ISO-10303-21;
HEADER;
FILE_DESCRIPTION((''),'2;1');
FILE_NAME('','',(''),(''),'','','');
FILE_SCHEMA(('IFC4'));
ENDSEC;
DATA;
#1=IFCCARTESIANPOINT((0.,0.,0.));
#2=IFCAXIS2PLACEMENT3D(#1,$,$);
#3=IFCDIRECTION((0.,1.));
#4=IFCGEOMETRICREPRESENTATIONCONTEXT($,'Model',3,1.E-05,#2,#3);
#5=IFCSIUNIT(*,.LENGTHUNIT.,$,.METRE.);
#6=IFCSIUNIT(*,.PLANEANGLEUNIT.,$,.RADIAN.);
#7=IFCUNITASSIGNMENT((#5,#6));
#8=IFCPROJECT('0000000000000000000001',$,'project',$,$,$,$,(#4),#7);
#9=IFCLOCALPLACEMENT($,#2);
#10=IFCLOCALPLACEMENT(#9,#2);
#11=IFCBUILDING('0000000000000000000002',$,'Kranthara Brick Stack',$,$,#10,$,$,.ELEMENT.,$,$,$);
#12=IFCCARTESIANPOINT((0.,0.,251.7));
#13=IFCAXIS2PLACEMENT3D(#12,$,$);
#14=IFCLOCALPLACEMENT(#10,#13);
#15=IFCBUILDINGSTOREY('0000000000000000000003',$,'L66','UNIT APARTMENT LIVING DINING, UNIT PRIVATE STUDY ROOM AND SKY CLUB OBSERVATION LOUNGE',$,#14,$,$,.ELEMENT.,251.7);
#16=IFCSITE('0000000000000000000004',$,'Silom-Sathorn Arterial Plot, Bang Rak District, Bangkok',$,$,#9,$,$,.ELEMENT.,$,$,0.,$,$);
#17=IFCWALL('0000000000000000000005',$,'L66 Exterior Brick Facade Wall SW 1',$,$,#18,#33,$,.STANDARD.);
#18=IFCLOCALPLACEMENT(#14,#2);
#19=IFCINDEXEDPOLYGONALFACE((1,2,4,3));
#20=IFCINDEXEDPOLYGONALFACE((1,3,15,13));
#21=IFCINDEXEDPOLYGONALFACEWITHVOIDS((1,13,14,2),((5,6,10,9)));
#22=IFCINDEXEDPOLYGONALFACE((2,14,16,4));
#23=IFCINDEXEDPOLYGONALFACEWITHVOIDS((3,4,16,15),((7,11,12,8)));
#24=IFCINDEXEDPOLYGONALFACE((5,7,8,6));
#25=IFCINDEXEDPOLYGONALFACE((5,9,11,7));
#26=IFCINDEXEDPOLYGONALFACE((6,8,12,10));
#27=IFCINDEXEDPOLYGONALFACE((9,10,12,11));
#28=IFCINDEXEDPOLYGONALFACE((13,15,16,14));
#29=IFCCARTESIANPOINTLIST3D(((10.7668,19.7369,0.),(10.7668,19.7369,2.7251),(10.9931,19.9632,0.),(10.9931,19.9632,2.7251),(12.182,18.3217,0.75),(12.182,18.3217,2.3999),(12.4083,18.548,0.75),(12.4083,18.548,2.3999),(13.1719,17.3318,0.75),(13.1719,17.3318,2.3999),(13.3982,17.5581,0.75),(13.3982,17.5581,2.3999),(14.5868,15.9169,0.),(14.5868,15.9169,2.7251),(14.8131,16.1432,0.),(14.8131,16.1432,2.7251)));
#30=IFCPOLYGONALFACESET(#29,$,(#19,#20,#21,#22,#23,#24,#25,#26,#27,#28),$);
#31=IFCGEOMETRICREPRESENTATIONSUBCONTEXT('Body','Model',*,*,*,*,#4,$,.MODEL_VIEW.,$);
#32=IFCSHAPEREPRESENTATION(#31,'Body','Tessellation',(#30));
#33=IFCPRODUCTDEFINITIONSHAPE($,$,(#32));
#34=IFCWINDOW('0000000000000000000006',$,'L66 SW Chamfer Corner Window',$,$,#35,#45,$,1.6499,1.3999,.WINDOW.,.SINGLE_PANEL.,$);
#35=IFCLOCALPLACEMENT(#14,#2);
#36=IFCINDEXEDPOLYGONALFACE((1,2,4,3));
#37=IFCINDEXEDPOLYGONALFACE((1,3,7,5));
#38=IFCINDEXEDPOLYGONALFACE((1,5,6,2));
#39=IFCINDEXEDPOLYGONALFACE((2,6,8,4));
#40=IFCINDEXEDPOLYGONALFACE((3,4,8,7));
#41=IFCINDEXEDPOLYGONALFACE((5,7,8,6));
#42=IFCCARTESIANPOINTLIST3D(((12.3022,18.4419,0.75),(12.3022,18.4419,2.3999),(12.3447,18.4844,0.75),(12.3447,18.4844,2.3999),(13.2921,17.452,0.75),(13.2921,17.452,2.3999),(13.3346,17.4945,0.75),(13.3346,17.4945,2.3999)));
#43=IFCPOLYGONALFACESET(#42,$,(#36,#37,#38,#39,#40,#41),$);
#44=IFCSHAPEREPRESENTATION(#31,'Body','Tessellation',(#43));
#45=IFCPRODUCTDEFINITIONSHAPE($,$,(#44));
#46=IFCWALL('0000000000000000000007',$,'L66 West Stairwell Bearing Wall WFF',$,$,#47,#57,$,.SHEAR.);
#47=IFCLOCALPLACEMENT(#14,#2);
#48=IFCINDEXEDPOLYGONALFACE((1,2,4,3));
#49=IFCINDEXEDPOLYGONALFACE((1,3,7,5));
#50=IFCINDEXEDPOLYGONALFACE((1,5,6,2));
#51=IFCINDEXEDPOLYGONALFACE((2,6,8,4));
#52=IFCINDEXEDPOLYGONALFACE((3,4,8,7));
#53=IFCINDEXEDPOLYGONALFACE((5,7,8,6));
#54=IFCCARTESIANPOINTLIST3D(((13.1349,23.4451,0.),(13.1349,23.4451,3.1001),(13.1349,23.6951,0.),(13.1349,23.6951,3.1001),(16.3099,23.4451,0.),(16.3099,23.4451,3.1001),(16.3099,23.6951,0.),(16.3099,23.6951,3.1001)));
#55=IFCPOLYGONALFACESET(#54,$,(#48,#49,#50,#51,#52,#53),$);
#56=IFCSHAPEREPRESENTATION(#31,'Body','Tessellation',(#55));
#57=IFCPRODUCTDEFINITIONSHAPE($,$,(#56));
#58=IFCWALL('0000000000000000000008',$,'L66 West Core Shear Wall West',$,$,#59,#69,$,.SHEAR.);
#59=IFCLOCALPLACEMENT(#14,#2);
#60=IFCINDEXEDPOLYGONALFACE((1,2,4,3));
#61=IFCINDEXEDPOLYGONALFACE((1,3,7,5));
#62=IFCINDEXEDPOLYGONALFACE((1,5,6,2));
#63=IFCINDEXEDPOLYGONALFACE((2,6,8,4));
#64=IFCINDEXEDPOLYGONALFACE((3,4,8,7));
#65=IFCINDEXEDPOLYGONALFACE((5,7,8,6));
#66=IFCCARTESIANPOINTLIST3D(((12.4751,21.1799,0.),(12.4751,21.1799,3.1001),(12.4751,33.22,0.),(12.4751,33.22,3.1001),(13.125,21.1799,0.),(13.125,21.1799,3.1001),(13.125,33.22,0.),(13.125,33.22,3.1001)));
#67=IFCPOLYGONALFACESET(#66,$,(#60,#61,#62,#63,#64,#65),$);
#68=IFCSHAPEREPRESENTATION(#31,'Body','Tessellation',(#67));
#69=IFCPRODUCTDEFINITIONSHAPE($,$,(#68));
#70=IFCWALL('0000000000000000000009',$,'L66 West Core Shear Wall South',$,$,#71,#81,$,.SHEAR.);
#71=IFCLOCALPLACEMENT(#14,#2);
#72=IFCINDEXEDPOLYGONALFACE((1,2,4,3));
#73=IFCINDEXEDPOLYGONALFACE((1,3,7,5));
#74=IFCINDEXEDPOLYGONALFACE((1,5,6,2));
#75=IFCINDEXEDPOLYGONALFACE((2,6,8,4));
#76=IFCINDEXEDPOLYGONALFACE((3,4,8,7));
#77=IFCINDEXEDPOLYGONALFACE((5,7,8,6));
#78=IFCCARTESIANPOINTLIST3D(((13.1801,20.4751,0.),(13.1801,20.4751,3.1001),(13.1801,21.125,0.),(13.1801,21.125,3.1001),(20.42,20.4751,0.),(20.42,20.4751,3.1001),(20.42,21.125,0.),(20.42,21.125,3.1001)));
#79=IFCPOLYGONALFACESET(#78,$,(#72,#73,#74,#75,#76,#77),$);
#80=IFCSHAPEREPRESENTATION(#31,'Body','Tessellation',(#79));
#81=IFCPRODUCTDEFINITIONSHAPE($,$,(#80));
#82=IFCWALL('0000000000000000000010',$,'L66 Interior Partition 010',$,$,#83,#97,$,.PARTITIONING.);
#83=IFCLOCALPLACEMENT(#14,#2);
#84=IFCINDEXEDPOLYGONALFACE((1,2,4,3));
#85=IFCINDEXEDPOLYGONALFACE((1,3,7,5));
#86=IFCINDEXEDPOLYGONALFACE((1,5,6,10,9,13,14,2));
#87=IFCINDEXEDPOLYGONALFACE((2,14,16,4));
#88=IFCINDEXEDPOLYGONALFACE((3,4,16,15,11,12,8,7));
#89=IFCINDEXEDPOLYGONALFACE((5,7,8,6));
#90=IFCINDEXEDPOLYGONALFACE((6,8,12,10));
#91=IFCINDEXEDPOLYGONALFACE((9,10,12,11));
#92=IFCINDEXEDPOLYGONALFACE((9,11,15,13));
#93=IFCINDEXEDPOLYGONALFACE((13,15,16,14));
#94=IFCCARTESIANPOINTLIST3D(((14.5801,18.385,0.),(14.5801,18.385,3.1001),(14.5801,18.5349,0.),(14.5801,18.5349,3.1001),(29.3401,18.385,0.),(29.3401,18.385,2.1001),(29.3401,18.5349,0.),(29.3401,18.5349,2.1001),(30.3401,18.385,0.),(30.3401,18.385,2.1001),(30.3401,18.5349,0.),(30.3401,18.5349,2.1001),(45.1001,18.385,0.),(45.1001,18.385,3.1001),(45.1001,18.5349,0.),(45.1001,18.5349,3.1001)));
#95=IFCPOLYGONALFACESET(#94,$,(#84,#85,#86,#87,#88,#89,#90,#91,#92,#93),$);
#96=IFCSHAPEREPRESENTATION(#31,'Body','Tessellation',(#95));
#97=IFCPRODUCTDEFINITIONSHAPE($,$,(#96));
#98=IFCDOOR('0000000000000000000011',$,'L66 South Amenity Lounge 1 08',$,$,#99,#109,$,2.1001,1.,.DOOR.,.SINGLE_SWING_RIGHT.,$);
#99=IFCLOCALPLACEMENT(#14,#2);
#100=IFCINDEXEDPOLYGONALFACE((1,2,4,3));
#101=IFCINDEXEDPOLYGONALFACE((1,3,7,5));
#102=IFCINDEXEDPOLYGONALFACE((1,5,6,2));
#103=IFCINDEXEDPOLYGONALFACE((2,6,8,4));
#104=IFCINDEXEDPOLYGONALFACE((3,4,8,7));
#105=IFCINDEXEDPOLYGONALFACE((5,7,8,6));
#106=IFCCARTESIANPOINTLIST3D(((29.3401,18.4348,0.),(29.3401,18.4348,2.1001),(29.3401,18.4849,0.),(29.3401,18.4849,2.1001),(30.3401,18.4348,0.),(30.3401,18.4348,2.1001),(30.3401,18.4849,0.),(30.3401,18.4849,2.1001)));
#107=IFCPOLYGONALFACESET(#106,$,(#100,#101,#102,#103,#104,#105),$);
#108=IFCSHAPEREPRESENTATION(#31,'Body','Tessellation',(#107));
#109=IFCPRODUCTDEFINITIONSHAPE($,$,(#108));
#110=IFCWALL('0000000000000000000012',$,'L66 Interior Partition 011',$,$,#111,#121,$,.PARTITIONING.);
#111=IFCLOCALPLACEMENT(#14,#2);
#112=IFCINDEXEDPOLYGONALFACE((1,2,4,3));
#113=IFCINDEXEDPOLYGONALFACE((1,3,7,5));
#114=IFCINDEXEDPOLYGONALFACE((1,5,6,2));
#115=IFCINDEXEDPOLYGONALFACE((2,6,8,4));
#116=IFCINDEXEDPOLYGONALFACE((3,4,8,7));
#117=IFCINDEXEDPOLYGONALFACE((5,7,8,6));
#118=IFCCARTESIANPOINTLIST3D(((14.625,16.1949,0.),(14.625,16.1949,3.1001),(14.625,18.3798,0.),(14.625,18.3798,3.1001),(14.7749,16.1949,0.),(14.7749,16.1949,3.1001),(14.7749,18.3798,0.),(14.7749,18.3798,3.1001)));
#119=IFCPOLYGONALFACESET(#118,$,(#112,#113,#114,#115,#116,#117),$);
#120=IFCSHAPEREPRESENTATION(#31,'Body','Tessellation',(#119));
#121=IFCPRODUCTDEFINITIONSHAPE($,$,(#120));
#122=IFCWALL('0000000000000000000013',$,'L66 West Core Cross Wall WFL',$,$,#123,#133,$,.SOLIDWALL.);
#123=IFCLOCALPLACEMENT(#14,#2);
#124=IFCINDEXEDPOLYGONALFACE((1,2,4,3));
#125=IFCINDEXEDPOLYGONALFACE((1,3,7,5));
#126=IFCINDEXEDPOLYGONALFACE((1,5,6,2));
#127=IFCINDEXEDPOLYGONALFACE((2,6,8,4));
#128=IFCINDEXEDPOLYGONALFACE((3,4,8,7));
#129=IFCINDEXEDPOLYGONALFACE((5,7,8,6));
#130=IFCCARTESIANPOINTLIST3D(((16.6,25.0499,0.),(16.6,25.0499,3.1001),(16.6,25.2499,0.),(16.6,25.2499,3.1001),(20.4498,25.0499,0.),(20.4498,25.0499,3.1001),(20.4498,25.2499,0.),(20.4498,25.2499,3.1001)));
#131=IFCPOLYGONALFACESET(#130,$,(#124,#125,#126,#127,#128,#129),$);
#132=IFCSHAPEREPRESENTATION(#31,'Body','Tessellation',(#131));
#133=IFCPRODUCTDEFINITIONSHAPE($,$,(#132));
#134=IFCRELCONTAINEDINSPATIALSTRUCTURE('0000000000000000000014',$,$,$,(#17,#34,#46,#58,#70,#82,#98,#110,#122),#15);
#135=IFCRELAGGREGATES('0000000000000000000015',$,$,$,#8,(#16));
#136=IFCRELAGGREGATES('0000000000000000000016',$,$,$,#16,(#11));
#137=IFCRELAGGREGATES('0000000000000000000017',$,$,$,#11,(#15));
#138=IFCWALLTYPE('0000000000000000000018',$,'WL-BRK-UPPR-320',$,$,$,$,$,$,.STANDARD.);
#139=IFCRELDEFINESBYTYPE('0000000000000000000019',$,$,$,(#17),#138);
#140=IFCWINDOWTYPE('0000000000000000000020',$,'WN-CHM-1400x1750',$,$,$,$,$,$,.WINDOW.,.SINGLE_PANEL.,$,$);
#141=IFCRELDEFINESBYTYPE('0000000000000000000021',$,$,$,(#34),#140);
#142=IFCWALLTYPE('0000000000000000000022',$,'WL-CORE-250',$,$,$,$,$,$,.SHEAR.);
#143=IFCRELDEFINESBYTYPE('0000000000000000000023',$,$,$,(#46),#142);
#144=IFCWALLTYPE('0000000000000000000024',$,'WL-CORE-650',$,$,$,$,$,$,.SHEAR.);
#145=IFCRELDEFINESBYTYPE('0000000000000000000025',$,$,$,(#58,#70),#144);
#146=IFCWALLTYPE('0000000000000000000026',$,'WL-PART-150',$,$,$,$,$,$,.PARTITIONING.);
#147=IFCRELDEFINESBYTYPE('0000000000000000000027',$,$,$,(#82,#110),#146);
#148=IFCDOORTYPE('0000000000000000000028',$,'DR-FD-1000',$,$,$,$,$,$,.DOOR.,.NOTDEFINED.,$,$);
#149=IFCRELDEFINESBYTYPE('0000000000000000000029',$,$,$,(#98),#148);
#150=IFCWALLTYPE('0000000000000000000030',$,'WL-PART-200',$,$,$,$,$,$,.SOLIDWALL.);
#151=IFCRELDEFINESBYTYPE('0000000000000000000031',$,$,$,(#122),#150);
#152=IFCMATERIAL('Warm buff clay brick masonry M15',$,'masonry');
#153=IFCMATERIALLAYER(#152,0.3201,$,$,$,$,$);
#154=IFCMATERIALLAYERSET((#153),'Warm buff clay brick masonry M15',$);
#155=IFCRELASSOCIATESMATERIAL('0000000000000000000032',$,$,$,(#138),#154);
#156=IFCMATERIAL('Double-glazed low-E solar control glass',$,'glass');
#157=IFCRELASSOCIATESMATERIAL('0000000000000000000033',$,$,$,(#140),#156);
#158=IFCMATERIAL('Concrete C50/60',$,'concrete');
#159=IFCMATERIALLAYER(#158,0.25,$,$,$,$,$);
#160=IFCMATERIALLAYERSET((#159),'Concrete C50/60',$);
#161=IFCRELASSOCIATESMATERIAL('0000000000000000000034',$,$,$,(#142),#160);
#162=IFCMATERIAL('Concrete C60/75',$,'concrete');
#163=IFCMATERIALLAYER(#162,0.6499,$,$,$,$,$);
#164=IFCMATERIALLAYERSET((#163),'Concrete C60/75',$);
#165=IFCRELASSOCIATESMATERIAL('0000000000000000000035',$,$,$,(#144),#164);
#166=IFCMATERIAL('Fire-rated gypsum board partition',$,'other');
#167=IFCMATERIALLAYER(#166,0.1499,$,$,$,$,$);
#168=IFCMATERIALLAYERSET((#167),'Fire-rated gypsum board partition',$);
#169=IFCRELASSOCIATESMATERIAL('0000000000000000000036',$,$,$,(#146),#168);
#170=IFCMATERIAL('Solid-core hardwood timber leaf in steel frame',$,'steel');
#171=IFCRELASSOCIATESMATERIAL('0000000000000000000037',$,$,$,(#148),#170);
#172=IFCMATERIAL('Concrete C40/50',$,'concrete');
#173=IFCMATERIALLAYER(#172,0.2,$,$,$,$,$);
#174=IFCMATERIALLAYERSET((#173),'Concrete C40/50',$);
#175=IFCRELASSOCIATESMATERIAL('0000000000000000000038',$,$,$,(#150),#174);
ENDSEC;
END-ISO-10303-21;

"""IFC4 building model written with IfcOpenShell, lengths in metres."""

from ifc_helpers import new_model, si_unit, direction, frame, frame_2d, origin, place, context, subcontext, project, spatial, rectangle, extrude, material, layer, layer_set, type_object, element, fill, save


model = new_model("IFC4")

# Units and contexts
model_context = context("Model", 3, precision=1e-05, world=origin(), true_north=direction((0.0, 1.0)))
body_context = subcontext(model_context, "Body", "Model", "MODEL_VIEW")
ifc_project = project(units=[si_unit("LENGTHUNIT", "METRE"), si_unit("PLANEANGLEUNIT", "RADIAN")], contexts=[model_context])

# Site, building, storey
site_placement = place(None, origin())
site = spatial("IfcSite", under=ifc_project, at=site_placement, Name="Silom-Sathorn Arterial Plot, Bang Rak District, Bangkok", CompositionType="ELEMENT", RefElevation=0.0)
building_placement = place(site_placement, origin())
building = spatial("IfcBuilding", under=site, at=building_placement, Name="Kranthara Brick Stack", CompositionType="ELEMENT")
storey_placement = place(building_placement, frame((0.0, 0.0, 251.7)))
storey = spatial("IfcBuildingStorey", under=building, at=storey_placement, Name="L66", Description="UNIT APARTMENT LIVING DINING, UNIT PRIVATE STUDY ROOM AND SKY CLUB OBSERVATION LOUNGE", CompositionType="ELEMENT", Elevation=251.7)

# Wall, opening, window
ifc_material_1 = material(Name="Warm buff clay brick masonry M15", Category="masonry")
ifc_layer_1 = layer(ifc_material_1, 0.3201)
ifc_layer_set_1 = layer_set([ifc_layer_1], Name="Warm buff clay brick masonry M15")
wall_type_1 = type_object("IfcWallType", Name="WL-BRK-UPPR-320", PredefinedType="STANDARD", material=ifc_layer_set_1)
wall_1_placement = place(storey_placement, frame((14.7, 16.03, 0.0), z_axis=(0.0, 0.0, 1.0), x_axis=(-0.707107, 0.707107, 0.0)))
wall_1 = element("IfcWall", 1, at=wall_1_placement, inside=storey, type_object=wall_type_1, Name="L66 Exterior Brick Facade Wall SW 1", PredefinedType="STANDARD", context=body_context, shape_type="SweptSolid", body=[
    extrude(rectangle(XDim=5.4023, YDim=0.3201, at=frame_2d((2.7012, 0.0))), origin(), (0.0, 0.0, 1.0), 2.7251),
])
opening_1_placement = place(wall_1_placement, frame((2.001, 0.0, 0.75)))
opening_1 = element("IfcOpeningElement", 2, at=opening_1_placement, cuts=wall_1, PredefinedType="OPENING", context=body_context, shape_type="SweptSolid", body=[
    extrude(rectangle(XDim=1.3999, YDim=1.6499, at=frame_2d((0.7, 0.825))), frame((0.0, 0.1699, 0.0), z_axis=(0.0, -1.0, 0.0), x_axis=(1.0, 0.0, 0.0)), (0.0, 0.0, 1.0), 0.3401),
])
ifc_material_2 = material(Name="Double-glazed low-E solar control glass", Category="glass")
window_type = type_object("IfcWindowType", Name="WN-CHM-1400x1750", PartitioningType="SINGLE_PANEL", PredefinedType="WINDOW", material=ifc_material_2)
window_placement = place(opening_1_placement, origin())
window = element("IfcWindow", 3, at=window_placement, inside=storey, type_object=window_type, Name="L66 SW Chamfer Corner Window", OverallHeight=1.6499, OverallWidth=1.3999, PartitioningType="SINGLE_PANEL", PredefinedType="WINDOW", context=body_context, shape_type="SweptSolid", body=[
    extrude(rectangle(XDim=1.3999, YDim=1.6499, at=frame_2d((0.7, 0.825))), frame((0.0, -0.01, 0.0), z_axis=(0.0, -1.0, 0.0), x_axis=(1.0, 0.0, 0.0)), (0.0, 0.0, 1.0), 0.0601),
])
fill(opening_1, window)

# Shared definitions
ifc_material_3 = material(Name="Concrete C50/60", Category="concrete")
ifc_layer_2 = layer(ifc_material_3, 0.25)
ifc_layer_set_2 = layer_set([ifc_layer_2], Name="Concrete C50/60")
wall_type_2 = type_object("IfcWallType", Name="WL-CORE-250", PredefinedType="SHEAR", material=ifc_layer_set_2)

# Walls
wall_2_placement = place(storey_placement, frame((13.135, 23.5701, 0.0), z_axis=(0.0, 0.0, 1.0), x_axis=(1.0, 0.0, 0.0)))
element("IfcWall", 4, at=wall_2_placement, inside=storey, type_object=wall_type_2, Name="L66 West Stairwell Bearing Wall WFF", PredefinedType="SHEAR", context=body_context, shape_type="SweptSolid", body=[
    extrude(rectangle(XDim=3.175, YDim=0.25, at=frame_2d((1.5874, 0.0))), origin(), (0.0, 0.0, 1.0), 3.1001),
])
ifc_material_4 = material(Name="Concrete C60/75", Category="concrete")
ifc_layer_3 = layer(ifc_material_4, 0.6499)
ifc_layer_set_3 = layer_set([ifc_layer_3], Name="Concrete C60/75")
wall_type_3 = type_object("IfcWallType", Name="WL-CORE-650", PredefinedType="SHEAR", material=ifc_layer_set_3)
wall_3_placement = place(storey_placement, frame((12.8, 21.1799, 0.0), z_axis=(0.0, 0.0, 1.0), x_axis=(0.0, 1.0, 0.0)))
element("IfcWall", 5, at=wall_3_placement, inside=storey, type_object=wall_type_3, Name="L66 West Core Shear Wall West", PredefinedType="SHEAR", context=body_context, shape_type="SweptSolid", body=[
    extrude(rectangle(XDim=12.04, YDim=0.6499, at=frame_2d((6.02, 0.0))), origin(), (0.0, 0.0, 1.0), 3.1001),
])
wall_4_placement = place(storey_placement, frame((13.1799, 20.8, 0.0), z_axis=(0.0, 0.0, 1.0), x_axis=(1.0, 0.0, 0.0)))
element("IfcWall", 6, at=wall_4_placement, inside=storey, type_object=wall_type_3, Name="L66 West Core Shear Wall South", PredefinedType="SHEAR", context=body_context, shape_type="SweptSolid", body=[
    extrude(rectangle(XDim=7.24, YDim=0.6499, at=frame_2d((3.6201, 0.0))), origin(), (0.0, 0.0, 1.0), 3.1001),
])

# Wall, opening, door
ifc_material_5 = material(Name="Fire-rated gypsum board partition", Category="other")
ifc_layer_4 = layer(ifc_material_5, 0.1499)
ifc_layer_set_4 = layer_set([ifc_layer_4], Name="Fire-rated gypsum board partition")
wall_type_4 = type_object("IfcWallType", Name="WL-PART-150", PredefinedType="PARTITIONING", material=ifc_layer_set_4)
wall_5_placement = place(storey_placement, frame((14.5801, 18.46, 0.0), z_axis=(0.0, 0.0, 1.0), x_axis=(1.0, 0.0, 0.0)))
wall_5 = element("IfcWall", 7, at=wall_5_placement, inside=storey, type_object=wall_type_4, Name="L66 Interior Partition 010", PredefinedType="PARTITIONING", context=body_context, shape_type="SweptSolid", body=[
    extrude(rectangle(XDim=30.52, YDim=0.1499, at=frame_2d((15.26, 0.0))), origin(), (0.0, 0.0, 1.0), 3.1001),
])
opening_2_placement = place(wall_5_placement, frame((14.76, 0.0, 0.0)))
opening_2 = element("IfcOpeningElement", 8, at=opening_2_placement, cuts=wall_5, PredefinedType="OPENING", context=body_context, shape_type="SweptSolid", body=[
    extrude(rectangle(XDim=1.0, YDim=2.1001, at=frame_2d((0.5, 1.05))), frame((0.0, 0.085, 0.0), z_axis=(0.0, -1.0, 0.0), x_axis=(1.0, 0.0, 0.0)), (0.0, 0.0, 1.0), 0.1699),
])
ifc_material_6 = material(Name="Solid-core hardwood timber leaf in steel frame", Category="steel")
door_type_1 = type_object("IfcDoorType", Name="DR-FD-1000", OperationType="NOTDEFINED", PredefinedType="DOOR", material=ifc_material_6)
door_1_placement = place(opening_2_placement, origin())
door_1 = element("IfcDoor", 9, at=door_1_placement, inside=storey, type_object=door_type_1, Name="L66 South Amenity Lounge 1 08", OperationType="SINGLE_SWING_RIGHT", OverallHeight=2.1001, OverallWidth=1.0, PredefinedType="DOOR", context=body_context, shape_type="SweptSolid", body=[
    extrude(rectangle(XDim=1.0, YDim=2.1001, at=frame_2d((0.5, 1.05))), frame((0.0, 0.0249, 0.0), z_axis=(0.0, -1.0, 0.0), x_axis=(1.0, 0.0, 0.0)), (0.0, 0.0, 1.0), 0.05),
])
fill(opening_2, door_1)

# Walls
wall_6_placement = place(storey_placement, frame((14.7, 16.1951, 0.0), z_axis=(0.0, 0.0, 1.0), x_axis=(0.0, 1.0, 0.0)))
element("IfcWall", 10, at=wall_6_placement, inside=storey, type_object=wall_type_4, Name="L66 Interior Partition 011", PredefinedType="PARTITIONING", context=body_context, shape_type="SweptSolid", body=[
    extrude(rectangle(XDim=2.1848, YDim=0.1499, at=frame_2d((1.0923, 0.0))), origin(), (0.0, 0.0, 1.0), 3.1001),
])
ifc_material_7 = material(Name="Concrete C40/50", Category="concrete")
ifc_layer_5 = layer(ifc_material_7, 0.2)
ifc_layer_set_5 = layer_set([ifc_layer_5], Name="Concrete C40/50")
wall_type_5 = type_object("IfcWallType", Name="WL-PART-200", PredefinedType="SOLIDWALL", material=ifc_layer_set_5)
wall_7_placement = place(storey_placement, frame((16.6001, 25.1499, 0.0), z_axis=(0.0, 0.0, 1.0), x_axis=(1.0, 0.0, 0.0)))
element("IfcWall", 11, at=wall_7_placement, inside=storey, type_object=wall_type_5, Name="L66 West Core Cross Wall WFL", PredefinedType="SOLIDWALL", context=body_context, shape_type="SweptSolid", body=[
    extrude(rectangle(XDim=3.8499, YDim=0.2, at=frame_2d((1.9248, 0.0))), origin(), (0.0, 0.0, 1.0), 3.1001),
])

save(model, "model.ifc")
